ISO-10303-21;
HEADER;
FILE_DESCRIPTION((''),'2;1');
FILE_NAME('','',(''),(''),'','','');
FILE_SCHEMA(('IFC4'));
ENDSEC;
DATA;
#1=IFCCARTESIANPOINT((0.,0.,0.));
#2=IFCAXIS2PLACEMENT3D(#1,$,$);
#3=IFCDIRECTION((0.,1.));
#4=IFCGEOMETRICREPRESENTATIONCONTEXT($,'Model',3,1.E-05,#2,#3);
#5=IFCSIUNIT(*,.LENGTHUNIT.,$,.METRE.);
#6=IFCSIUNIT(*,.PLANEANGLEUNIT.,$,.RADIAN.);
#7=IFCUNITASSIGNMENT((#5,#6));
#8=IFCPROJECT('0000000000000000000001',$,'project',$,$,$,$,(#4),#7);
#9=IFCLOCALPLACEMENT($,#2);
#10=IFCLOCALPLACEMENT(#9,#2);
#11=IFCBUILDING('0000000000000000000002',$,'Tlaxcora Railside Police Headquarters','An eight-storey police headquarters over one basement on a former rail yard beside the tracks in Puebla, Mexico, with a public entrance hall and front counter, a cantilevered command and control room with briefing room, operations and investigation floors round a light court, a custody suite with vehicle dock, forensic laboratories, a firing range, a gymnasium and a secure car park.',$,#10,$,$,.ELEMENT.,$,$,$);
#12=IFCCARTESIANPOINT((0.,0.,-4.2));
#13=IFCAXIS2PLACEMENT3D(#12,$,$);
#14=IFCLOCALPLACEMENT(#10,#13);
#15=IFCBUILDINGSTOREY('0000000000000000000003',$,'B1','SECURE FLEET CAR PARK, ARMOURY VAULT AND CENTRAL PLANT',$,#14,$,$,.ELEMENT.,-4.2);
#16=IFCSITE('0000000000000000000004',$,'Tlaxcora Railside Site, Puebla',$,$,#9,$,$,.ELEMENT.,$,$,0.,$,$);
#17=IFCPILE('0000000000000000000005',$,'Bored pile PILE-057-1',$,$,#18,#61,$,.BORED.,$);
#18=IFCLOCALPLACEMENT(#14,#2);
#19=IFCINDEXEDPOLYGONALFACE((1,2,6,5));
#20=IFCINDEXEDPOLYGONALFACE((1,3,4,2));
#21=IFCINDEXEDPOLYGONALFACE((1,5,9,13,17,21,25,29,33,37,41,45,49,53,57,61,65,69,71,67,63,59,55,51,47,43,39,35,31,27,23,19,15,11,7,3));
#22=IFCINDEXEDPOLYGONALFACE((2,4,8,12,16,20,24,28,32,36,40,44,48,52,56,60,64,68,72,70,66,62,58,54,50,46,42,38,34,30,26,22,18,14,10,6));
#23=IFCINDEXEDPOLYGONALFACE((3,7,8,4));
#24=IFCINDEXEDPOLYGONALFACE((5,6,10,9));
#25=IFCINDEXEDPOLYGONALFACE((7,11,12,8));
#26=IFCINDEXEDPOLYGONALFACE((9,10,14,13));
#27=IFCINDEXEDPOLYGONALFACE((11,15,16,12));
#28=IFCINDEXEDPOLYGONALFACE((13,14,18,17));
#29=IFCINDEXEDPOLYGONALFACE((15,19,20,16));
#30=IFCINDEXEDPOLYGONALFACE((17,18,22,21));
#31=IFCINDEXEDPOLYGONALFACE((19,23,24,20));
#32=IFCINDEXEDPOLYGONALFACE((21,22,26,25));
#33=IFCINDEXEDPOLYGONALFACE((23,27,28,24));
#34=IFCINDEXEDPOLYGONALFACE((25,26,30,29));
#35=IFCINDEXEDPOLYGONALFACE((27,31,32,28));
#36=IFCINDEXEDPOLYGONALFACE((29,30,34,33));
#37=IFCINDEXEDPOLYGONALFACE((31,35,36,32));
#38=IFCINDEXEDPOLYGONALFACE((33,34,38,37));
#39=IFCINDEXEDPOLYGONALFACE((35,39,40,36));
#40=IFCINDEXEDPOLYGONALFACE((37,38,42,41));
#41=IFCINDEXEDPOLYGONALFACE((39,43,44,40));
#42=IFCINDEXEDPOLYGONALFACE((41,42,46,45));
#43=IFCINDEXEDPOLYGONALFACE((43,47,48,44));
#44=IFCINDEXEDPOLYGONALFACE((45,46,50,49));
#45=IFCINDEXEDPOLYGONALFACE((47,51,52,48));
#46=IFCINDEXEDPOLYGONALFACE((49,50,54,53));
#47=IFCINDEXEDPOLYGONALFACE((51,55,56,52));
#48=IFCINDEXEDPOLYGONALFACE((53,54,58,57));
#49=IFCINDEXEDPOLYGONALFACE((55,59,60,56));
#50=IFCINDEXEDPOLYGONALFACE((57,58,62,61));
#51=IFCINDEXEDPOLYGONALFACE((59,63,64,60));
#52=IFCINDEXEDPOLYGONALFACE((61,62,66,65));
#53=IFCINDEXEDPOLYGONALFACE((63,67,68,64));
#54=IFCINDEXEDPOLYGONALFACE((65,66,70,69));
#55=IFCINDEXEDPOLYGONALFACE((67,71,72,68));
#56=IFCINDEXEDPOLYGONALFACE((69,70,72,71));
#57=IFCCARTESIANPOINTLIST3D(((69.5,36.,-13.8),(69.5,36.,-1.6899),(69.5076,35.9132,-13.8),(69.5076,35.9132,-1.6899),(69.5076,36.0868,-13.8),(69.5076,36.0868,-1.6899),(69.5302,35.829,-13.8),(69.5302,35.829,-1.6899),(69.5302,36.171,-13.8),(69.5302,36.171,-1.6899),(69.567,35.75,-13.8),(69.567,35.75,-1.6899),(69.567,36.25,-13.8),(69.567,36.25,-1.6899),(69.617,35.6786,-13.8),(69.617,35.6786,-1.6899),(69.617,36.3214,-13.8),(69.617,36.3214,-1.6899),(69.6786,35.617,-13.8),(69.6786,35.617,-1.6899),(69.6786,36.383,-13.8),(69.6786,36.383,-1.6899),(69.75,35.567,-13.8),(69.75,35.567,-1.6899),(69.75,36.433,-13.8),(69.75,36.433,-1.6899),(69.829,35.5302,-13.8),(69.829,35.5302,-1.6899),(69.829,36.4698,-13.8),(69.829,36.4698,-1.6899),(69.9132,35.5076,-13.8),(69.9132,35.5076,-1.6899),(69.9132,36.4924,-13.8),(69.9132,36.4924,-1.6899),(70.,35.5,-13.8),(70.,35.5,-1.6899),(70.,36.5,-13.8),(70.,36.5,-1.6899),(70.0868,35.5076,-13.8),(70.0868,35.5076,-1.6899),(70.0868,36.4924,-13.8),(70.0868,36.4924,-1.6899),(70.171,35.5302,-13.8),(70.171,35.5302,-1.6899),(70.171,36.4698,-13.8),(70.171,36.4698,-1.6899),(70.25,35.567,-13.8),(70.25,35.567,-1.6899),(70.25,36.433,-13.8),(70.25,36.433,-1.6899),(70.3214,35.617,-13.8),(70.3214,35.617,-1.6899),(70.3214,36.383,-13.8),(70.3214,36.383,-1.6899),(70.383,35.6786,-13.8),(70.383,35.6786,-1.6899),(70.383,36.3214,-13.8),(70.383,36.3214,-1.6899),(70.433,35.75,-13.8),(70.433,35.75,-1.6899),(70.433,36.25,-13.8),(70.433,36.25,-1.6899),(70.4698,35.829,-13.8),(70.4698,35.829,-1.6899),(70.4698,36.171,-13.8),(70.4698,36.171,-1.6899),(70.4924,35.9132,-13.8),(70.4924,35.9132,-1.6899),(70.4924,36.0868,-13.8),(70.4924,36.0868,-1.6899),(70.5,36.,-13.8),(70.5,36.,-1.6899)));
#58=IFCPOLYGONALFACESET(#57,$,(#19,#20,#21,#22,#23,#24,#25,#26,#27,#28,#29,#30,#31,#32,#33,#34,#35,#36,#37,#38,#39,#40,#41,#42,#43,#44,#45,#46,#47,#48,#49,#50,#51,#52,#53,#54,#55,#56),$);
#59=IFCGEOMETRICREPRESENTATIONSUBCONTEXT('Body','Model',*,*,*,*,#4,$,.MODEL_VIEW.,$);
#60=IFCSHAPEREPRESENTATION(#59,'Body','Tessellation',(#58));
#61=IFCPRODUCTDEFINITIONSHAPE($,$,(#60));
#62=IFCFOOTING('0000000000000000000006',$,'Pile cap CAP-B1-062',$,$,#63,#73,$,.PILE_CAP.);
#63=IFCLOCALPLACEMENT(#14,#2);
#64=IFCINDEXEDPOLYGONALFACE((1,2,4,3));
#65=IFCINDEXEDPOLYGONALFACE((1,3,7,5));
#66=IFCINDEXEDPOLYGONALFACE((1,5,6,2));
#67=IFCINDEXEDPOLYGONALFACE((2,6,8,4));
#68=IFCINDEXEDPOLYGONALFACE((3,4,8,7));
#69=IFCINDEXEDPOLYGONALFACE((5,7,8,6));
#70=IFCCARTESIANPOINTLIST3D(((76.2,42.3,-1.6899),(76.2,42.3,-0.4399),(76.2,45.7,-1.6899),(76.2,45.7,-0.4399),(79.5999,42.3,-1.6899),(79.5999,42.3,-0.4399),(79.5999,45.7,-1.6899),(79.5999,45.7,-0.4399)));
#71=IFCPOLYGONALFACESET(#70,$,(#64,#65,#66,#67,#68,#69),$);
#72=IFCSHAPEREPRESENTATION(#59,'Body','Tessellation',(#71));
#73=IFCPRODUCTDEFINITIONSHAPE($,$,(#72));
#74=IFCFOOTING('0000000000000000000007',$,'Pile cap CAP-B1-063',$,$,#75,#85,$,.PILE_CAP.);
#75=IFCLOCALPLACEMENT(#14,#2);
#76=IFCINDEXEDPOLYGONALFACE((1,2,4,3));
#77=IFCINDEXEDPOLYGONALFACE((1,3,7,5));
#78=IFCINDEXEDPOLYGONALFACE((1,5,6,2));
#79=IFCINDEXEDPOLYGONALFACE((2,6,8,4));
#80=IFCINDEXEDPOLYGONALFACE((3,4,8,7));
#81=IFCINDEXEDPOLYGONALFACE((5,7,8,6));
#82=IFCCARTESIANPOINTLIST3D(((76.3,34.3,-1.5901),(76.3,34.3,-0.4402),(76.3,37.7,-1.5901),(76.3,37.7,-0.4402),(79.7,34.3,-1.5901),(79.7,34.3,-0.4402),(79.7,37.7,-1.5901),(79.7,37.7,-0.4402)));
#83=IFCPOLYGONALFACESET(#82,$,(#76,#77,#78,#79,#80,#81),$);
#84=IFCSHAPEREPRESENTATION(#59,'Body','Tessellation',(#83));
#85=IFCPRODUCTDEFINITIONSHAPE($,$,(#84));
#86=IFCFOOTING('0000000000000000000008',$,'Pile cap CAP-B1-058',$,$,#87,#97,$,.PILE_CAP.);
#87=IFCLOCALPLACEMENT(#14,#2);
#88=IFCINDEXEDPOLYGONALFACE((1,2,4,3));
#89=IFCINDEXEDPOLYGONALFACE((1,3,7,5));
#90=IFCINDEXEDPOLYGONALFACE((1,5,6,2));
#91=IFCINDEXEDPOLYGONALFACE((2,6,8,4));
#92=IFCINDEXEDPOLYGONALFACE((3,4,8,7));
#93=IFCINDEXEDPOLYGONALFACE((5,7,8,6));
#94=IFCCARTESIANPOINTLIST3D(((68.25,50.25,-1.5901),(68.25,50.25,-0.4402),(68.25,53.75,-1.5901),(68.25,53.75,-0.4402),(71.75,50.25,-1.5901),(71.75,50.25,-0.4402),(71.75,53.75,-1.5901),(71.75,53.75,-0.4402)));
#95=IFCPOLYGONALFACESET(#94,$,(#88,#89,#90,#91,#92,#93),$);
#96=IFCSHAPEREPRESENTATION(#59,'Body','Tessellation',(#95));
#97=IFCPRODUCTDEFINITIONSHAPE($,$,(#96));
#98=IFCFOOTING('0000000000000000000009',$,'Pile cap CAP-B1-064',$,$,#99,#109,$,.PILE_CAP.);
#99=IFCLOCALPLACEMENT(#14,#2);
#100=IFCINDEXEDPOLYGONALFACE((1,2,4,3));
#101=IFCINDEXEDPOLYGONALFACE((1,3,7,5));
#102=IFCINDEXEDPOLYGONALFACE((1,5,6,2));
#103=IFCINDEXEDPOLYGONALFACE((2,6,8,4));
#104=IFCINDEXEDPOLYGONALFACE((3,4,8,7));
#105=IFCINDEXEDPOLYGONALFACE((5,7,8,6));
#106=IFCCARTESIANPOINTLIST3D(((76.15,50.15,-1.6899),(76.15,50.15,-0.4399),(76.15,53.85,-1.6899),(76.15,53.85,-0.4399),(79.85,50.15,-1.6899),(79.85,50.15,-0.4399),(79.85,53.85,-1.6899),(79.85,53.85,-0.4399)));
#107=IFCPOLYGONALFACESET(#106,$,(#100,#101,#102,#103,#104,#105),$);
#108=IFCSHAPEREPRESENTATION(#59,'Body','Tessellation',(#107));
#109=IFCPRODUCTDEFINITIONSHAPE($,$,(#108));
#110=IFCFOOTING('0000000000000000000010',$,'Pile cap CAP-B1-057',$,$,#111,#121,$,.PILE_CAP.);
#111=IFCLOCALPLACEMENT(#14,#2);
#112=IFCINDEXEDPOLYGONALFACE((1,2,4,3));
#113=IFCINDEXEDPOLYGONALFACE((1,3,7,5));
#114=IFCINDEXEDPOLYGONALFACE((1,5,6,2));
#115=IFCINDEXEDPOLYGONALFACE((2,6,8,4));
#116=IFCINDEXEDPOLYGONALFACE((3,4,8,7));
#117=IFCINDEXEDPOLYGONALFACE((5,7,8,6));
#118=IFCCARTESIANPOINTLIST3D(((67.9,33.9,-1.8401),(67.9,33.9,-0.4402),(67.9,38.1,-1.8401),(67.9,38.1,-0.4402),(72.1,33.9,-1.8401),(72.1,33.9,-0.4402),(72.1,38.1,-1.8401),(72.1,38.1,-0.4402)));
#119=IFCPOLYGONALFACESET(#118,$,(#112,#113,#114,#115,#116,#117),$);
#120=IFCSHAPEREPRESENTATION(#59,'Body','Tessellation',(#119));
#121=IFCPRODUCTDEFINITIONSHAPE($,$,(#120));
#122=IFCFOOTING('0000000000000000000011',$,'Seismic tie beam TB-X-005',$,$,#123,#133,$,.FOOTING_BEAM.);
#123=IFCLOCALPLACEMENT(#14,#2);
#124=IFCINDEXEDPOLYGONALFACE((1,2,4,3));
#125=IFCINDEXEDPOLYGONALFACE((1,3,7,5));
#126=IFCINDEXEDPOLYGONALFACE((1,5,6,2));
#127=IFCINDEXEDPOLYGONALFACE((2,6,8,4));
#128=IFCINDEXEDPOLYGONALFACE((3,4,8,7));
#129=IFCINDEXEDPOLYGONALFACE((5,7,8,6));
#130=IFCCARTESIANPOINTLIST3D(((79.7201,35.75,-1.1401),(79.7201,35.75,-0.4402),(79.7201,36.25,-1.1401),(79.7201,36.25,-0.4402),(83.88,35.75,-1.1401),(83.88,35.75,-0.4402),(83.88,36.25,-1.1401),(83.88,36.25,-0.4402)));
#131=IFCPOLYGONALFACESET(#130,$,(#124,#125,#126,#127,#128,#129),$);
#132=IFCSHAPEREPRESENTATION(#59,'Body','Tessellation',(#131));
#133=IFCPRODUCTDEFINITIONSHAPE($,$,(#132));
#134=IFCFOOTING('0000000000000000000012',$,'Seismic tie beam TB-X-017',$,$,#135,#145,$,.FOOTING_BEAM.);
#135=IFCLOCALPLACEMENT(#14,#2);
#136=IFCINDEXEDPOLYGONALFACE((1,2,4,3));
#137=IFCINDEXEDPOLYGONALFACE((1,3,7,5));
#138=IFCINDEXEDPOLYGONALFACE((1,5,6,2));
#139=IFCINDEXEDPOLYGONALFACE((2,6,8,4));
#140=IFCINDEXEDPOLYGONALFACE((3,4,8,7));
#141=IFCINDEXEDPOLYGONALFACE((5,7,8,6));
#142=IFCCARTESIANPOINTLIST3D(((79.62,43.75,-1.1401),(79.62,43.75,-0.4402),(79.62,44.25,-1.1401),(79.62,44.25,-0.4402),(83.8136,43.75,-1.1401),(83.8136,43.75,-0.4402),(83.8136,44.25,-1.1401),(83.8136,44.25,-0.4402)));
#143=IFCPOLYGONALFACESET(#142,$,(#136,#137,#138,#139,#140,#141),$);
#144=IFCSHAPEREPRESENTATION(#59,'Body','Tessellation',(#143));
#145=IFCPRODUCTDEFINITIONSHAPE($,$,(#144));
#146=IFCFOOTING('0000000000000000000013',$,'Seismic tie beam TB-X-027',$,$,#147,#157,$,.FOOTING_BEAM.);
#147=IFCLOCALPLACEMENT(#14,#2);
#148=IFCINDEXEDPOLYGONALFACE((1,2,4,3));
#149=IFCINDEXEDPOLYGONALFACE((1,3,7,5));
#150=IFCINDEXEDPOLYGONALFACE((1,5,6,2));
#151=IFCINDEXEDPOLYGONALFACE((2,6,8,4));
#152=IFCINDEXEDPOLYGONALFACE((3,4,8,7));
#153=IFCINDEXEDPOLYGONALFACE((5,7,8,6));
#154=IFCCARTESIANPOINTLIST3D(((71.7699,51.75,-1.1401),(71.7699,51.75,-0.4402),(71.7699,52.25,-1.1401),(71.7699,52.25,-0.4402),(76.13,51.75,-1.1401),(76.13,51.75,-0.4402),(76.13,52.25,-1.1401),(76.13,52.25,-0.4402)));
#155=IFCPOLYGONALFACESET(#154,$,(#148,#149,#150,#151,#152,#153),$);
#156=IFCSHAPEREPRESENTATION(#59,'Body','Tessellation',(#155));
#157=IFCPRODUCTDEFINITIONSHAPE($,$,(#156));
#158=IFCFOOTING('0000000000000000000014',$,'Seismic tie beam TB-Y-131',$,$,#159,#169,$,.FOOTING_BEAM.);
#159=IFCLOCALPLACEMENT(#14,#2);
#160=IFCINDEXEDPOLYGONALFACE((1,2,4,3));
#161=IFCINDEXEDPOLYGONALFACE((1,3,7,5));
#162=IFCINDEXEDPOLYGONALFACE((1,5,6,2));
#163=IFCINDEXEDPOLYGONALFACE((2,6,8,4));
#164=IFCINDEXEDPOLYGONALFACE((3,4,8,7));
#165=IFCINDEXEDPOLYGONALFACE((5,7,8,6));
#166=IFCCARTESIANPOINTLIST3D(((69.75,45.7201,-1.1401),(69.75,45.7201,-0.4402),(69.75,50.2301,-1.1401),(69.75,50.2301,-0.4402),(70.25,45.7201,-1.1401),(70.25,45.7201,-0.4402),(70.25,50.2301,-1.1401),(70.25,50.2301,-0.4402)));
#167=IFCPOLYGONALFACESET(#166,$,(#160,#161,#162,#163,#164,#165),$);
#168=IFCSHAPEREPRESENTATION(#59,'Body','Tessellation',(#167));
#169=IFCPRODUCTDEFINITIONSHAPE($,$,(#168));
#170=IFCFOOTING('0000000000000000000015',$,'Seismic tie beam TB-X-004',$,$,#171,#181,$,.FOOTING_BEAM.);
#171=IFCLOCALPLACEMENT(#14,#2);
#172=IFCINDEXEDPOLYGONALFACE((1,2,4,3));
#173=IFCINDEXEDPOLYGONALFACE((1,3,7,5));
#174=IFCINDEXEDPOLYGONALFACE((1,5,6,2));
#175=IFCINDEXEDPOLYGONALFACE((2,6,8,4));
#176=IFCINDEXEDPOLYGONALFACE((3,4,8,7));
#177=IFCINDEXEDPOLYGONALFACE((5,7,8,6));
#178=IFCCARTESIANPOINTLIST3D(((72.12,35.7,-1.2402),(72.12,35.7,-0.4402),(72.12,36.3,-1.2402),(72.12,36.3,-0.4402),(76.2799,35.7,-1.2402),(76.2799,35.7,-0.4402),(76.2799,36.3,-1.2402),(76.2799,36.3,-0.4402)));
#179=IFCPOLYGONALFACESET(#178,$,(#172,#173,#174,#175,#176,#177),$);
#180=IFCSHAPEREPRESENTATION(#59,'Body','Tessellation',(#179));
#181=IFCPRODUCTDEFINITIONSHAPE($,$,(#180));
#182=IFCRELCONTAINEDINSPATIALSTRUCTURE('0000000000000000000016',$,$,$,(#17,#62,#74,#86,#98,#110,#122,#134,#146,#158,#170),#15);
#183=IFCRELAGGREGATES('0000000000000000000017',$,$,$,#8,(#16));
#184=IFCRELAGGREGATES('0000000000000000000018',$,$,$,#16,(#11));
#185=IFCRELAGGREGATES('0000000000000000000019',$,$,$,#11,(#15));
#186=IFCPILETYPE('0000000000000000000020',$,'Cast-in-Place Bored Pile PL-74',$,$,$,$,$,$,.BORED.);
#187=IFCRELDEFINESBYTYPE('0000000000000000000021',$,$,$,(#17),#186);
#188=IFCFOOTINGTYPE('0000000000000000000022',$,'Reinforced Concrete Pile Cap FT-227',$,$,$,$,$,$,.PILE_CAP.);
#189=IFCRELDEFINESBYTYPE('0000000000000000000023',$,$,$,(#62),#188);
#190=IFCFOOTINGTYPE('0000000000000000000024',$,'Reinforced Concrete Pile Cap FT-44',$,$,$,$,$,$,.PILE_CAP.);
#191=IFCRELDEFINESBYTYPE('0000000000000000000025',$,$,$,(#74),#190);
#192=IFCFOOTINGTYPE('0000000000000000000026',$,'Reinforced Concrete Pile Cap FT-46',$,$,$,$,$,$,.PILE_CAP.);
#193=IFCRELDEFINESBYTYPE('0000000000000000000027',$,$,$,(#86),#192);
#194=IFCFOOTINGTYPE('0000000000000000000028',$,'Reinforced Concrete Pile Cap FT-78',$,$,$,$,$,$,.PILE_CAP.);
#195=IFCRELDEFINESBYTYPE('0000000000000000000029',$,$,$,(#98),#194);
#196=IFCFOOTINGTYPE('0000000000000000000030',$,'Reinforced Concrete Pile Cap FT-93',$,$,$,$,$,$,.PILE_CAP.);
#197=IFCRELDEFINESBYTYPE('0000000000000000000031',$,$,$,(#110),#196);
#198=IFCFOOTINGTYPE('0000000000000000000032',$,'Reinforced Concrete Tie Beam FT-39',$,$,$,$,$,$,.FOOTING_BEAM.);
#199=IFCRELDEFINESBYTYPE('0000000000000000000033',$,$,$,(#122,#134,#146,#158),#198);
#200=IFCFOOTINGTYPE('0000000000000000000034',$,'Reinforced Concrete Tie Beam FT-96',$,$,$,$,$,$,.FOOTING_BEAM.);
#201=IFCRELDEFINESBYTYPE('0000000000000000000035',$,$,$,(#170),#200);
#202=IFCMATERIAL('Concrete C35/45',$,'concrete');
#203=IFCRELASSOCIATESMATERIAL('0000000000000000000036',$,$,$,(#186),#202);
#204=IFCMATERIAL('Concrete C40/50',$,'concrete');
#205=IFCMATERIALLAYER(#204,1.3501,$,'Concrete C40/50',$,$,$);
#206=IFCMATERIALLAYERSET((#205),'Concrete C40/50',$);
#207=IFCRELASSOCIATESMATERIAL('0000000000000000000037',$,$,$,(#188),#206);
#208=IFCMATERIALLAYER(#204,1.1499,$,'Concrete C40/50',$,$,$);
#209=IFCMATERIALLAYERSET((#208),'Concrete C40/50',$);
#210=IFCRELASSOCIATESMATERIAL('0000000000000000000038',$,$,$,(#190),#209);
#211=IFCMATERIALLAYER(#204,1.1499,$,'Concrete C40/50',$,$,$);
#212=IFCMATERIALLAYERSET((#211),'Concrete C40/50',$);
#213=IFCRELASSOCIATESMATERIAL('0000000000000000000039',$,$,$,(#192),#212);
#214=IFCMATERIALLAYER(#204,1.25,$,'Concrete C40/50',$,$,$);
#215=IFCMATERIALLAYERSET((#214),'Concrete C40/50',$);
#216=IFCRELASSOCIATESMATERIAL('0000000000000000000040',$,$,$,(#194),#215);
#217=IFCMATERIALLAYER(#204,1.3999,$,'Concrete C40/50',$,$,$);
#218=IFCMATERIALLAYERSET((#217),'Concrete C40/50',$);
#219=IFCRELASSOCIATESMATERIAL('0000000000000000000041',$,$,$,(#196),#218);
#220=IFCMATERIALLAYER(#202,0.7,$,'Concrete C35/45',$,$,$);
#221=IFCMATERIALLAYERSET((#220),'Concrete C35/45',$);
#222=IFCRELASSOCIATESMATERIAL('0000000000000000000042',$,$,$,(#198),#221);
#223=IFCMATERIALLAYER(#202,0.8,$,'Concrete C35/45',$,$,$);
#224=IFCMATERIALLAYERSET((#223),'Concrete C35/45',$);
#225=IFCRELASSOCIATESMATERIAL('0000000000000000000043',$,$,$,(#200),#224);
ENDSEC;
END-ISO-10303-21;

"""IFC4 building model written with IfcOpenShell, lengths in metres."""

from ifc_helpers import new_model, si_unit, direction, frame, origin, origin_2d, place, context, subcontext, project, spatial, rectangle, circle, extrude, material, layer, layer_set, material_profile, profile_set, type_object, element, save


model = new_model("IFC4")

# Units and contexts
model_context = context("Model", 3, precision=1e-05, world=origin(), true_north=direction((0.0, 1.0)))
body_context = subcontext(model_context, "Body", "Model", "MODEL_VIEW")
ifc_project = project(units=[si_unit("LENGTHUNIT", "METRE"), si_unit("PLANEANGLEUNIT", "RADIAN")], contexts=[model_context])

# Site, building, storey
site_placement = place(None, origin())
site = spatial("IfcSite", under=ifc_project, at=site_placement, Name="Tlaxcora Railside Site, Puebla", CompositionType="ELEMENT", RefElevation=0.0)
building_placement = place(site_placement, origin())
building = spatial("IfcBuilding", under=site, at=building_placement, Name="Tlaxcora Railside Police Headquarters", Description="An eight-storey police headquarters over one basement on a former rail yard beside the tracks in Puebla, Mexico, with a public entrance hall and front counter, a cantilevered command and control room with briefing room, operations and investigation floors round a light court, a custody suite with vehicle dock, forensic laboratories, a firing range, a gymnasium and a secure car park.", CompositionType="ELEMENT")
storey_placement = place(building_placement, frame((0.0, 0.0, -4.2)))
storey = spatial("IfcBuildingStorey", under=building, at=storey_placement, Name="B1", Description="SECURE FLEET CAR PARK, ARMOURY VAULT AND CENTRAL PLANT", CompositionType="ELEMENT", Elevation=-4.2)

# Pile
ifc_material_1 = material(Name="Concrete C35/45", Category="concrete")
ifc_material_profile_1 = material_profile(ifc_material_1, circle(Radius=0.5, at=origin_2d()), Name="PILE1000")
ifc_profile_set_1 = profile_set([ifc_material_profile_1], Name="Concrete C35/45")
pile_type_1 = type_object("IfcPileType", Name="Cast-in-Place Bored Pile PL-74", PredefinedType="BORED", material=ifc_profile_set_1)
pile_1_placement = place(storey_placement, frame((70.0, 36.0, -1.6899), z_axis=(0.0, 0.0, -1.0), x_axis=(1.0, 0.0, 0.0)))
element("IfcPile", 1, at=pile_1_placement, inside=storey, type_object=pile_type_1, Name="Bored pile PILE-057-1", PredefinedType="BORED", context=body_context, shape_type="SweptSolid", body=[
    extrude(circle(Radius=0.5, at=origin_2d()), origin(), (0.0, 0.0, 1.0), 12.1101),
])

# Footings
ifc_material_2 = material(Name="Concrete C40/50", Category="concrete")
ifc_layer_1 = layer(ifc_material_2, 1.3501, Name="Concrete C40/50")
ifc_layer_set_1 = layer_set([ifc_layer_1], Name="Concrete C40/50")
footing_type_1 = type_object("IfcFootingType", Name="Reinforced Concrete Pile Cap FT-227", PredefinedType="PILE_CAP", material=ifc_layer_set_1)
footing_1_placement = place(storey_placement, frame((77.8999, 44.0, -1.6899), z_axis=(0.0, 0.0, 1.0), x_axis=(1.0, 0.0, 0.0)))
element("IfcFooting", 2, at=footing_1_placement, inside=storey, type_object=footing_type_1, Name="Pile cap CAP-B1-062", PredefinedType="PILE_CAP", context=body_context, shape_type="SweptSolid", body=[
    extrude(rectangle(XDim=3.3999, YDim=3.3999, at=origin_2d()), origin(), (0.0, 0.0, 1.0), 1.25),
])
ifc_layer_2 = layer(ifc_material_2, 1.1499, Name="Concrete C40/50")
ifc_layer_set_2 = layer_set([ifc_layer_2], Name="Concrete C40/50")
footing_type_2 = type_object("IfcFootingType", Name="Reinforced Concrete Pile Cap FT-44", PredefinedType="PILE_CAP", material=ifc_layer_set_2)
footing_2_placement = place(storey_placement, frame((78.0, 36.0, -1.5901), z_axis=(0.0, 0.0, 1.0), x_axis=(1.0, 0.0, 0.0)))
element("IfcFooting", 3, at=footing_2_placement, inside=storey, type_object=footing_type_2, Name="Pile cap CAP-B1-063", PredefinedType="PILE_CAP", context=body_context, shape_type="SweptSolid", body=[
    extrude(rectangle(XDim=3.3999, YDim=3.3999, at=origin_2d()), origin(), (0.0, 0.0, 1.0), 1.1499),
])
ifc_layer_3 = layer(ifc_material_2, 1.1499, Name="Concrete C40/50")
ifc_layer_set_3 = layer_set([ifc_layer_3], Name="Concrete C40/50")
footing_type_3 = type_object("IfcFootingType", Name="Reinforced Concrete Pile Cap FT-46", PredefinedType="PILE_CAP", material=ifc_layer_set_3)
footing_3_placement = place(storey_placement, frame((70.0, 52.0, -1.5901), z_axis=(0.0, 0.0, 1.0), x_axis=(1.0, 0.0, 0.0)))
element("IfcFooting", 4, at=footing_3_placement, inside=storey, type_object=footing_type_3, Name="Pile cap CAP-B1-058", PredefinedType="PILE_CAP", context=body_context, shape_type="SweptSolid", body=[
    extrude(rectangle(XDim=3.5, YDim=3.5, at=origin_2d()), origin(), (0.0, 0.0, 1.0), 1.1499),
])
ifc_layer_4 = layer(ifc_material_2, 1.25, Name="Concrete C40/50")
ifc_layer_set_4 = layer_set([ifc_layer_4], Name="Concrete C40/50")
footing_type_4 = type_object("IfcFootingType", Name="Reinforced Concrete Pile Cap FT-78", PredefinedType="PILE_CAP", material=ifc_layer_set_4)
footing_4_placement = place(storey_placement, frame((78.0, 52.0, -1.6899), z_axis=(0.0, 0.0, 1.0), x_axis=(1.0, 0.0, 0.0)))
element("IfcFooting", 5, at=footing_4_placement, inside=storey, type_object=footing_type_4, Name="Pile cap CAP-B1-064", PredefinedType="PILE_CAP", context=body_context, shape_type="SweptSolid", body=[
    extrude(rectangle(XDim=3.7, YDim=3.7, at=origin_2d()), origin(), (0.0, 0.0, 1.0), 1.25),
])
ifc_layer_5 = layer(ifc_material_2, 1.3999, Name="Concrete C40/50")
ifc_layer_set_5 = layer_set([ifc_layer_5], Name="Concrete C40/50")
footing_type_5 = type_object("IfcFootingType", Name="Reinforced Concrete Pile Cap FT-93", PredefinedType="PILE_CAP", material=ifc_layer_set_5)
footing_5_placement = place(storey_placement, frame((70.0, 36.0, -1.8401), z_axis=(0.0, 0.0, 1.0), x_axis=(1.0, 0.0, 0.0)))
element("IfcFooting", 6, at=footing_5_placement, inside=storey, type_object=footing_type_5, Name="Pile cap CAP-B1-057", PredefinedType="PILE_CAP", context=body_context, shape_type="SweptSolid", body=[
    extrude(rectangle(XDim=4.2, YDim=4.2, at=origin_2d()), origin(), (0.0, 0.0, 1.0), 1.3999),
])
ifc_layer_6 = layer(ifc_material_1, 0.7, Name="Concrete C35/45")
ifc_layer_set_6 = layer_set([ifc_layer_6], Name="Concrete C35/45")
footing_type_6 = type_object("IfcFootingType", Name="Reinforced Concrete Tie Beam FT-39", PredefinedType="FOOTING_BEAM", material=ifc_layer_set_6)
footing_6_placement = place(storey_placement, frame((81.8, 36.0, -1.1401), z_axis=(0.0, 0.0, 1.0), x_axis=(1.0, 0.0, 0.0)))
element("IfcFooting", 7, at=footing_6_placement, inside=storey, type_object=footing_type_6, Name="Seismic tie beam TB-X-005", PredefinedType="FOOTING_BEAM", context=body_context, shape_type="SweptSolid", body=[
    extrude(rectangle(XDim=4.1599, YDim=0.5, at=origin_2d()), origin(), (0.0, 0.0, 1.0), 0.7),
])
footing_7_placement = place(storey_placement, frame((81.7168, 44.0, -1.1401), z_axis=(0.0, 0.0, 1.0), x_axis=(1.0, 0.0, 0.0)))
element("IfcFooting", 8, at=footing_7_placement, inside=storey, type_object=footing_type_6, Name="Seismic tie beam TB-X-017", PredefinedType="FOOTING_BEAM", context=body_context, shape_type="SweptSolid", body=[
    extrude(rectangle(XDim=4.1936, YDim=0.5, at=origin_2d()), origin(), (0.0, 0.0, 1.0), 0.7),
])
footing_8_placement = place(storey_placement, frame((73.95, 52.0, -1.1401), z_axis=(0.0, 0.0, 1.0), x_axis=(1.0, 0.0, 0.0)))
element("IfcFooting", 9, at=footing_8_placement, inside=storey, type_object=footing_type_6, Name="Seismic tie beam TB-X-027", PredefinedType="FOOTING_BEAM", context=body_context, shape_type="SweptSolid", body=[
    extrude(rectangle(XDim=4.3601, YDim=0.5, at=origin_2d()), origin(), (0.0, 0.0, 1.0), 0.7),
])
footing_9_placement = place(storey_placement, frame((70.0, 47.9751, -1.1401), z_axis=(0.0, 0.0, 1.0), x_axis=(0.0, 1.0, 0.0)))
element("IfcFooting", 10, at=footing_9_placement, inside=storey, type_object=footing_type_6, Name="Seismic tie beam TB-Y-131", PredefinedType="FOOTING_BEAM", context=body_context, shape_type="SweptSolid", body=[
    extrude(rectangle(XDim=4.51, YDim=0.5, at=origin_2d()), origin(), (0.0, 0.0, 1.0), 0.7),
])
ifc_layer_7 = layer(ifc_material_1, 0.8, Name="Concrete C35/45")
ifc_layer_set_7 = layer_set([ifc_layer_7], Name="Concrete C35/45")
footing_type_7 = type_object("IfcFootingType", Name="Reinforced Concrete Tie Beam FT-96", PredefinedType="FOOTING_BEAM", material=ifc_layer_set_7)
footing_10_placement = place(storey_placement, frame((74.2, 36.0, -1.2402), z_axis=(0.0, 0.0, 1.0), x_axis=(1.0, 0.0, 0.0)))
element("IfcFooting", 11, at=footing_10_placement, inside=storey, type_object=footing_type_7, Name="Seismic tie beam TB-X-004", PredefinedType="FOOTING_BEAM", context=body_context, shape_type="SweptSolid", body=[
    extrude(rectangle(XDim=4.1599, YDim=0.6001, at=origin_2d()), origin(), (0.0, 0.0, 1.0), 0.8),
])

save(model, "model.ifc")
